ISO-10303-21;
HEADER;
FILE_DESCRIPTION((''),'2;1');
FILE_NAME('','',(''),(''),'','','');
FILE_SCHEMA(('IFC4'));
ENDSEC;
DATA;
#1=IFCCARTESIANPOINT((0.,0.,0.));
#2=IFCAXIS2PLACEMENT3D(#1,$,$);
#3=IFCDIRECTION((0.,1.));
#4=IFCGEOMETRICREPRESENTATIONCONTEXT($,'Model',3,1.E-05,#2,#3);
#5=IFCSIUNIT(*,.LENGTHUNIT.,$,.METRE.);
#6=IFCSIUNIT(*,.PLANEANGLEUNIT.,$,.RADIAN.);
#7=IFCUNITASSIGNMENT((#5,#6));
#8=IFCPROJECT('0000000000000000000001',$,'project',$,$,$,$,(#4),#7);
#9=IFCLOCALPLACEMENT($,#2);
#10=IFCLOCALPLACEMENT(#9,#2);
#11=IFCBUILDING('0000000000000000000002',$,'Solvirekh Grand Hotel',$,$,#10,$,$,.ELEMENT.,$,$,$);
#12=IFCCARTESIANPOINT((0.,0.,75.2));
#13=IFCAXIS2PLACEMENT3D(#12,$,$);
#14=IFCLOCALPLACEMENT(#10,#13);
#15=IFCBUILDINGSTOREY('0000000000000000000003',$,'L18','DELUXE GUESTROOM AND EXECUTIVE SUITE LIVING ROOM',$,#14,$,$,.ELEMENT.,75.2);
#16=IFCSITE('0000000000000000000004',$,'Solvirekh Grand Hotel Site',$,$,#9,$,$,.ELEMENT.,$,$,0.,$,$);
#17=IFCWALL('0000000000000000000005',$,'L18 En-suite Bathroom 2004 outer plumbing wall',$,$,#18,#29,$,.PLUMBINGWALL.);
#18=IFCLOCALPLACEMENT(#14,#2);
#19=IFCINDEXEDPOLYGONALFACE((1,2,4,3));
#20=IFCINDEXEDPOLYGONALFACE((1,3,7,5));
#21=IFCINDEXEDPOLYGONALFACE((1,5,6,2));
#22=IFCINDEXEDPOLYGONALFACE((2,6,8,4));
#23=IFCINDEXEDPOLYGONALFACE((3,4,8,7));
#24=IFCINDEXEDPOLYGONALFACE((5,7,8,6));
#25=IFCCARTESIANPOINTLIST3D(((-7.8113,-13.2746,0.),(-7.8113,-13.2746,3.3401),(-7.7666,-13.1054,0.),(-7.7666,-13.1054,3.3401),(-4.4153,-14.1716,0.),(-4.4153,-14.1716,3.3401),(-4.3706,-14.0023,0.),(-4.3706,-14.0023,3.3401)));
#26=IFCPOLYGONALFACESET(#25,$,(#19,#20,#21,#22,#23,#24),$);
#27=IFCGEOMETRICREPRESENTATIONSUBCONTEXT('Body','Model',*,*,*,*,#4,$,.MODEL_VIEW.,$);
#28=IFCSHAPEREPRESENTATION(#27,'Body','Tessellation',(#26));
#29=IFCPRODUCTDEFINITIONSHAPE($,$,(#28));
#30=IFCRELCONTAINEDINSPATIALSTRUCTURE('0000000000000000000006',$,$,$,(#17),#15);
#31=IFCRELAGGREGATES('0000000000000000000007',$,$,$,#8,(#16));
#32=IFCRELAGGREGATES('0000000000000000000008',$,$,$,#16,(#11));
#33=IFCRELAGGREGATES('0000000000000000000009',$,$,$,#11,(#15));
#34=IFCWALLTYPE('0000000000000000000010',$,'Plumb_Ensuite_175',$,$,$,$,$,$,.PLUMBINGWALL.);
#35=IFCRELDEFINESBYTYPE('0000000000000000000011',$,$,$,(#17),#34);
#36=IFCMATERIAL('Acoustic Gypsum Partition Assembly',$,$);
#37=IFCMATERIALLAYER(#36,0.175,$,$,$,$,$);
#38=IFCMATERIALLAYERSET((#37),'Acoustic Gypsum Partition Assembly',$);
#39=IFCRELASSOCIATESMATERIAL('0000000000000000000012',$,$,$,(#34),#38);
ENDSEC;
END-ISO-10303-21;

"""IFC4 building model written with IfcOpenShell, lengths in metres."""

from ifc_helpers import new_model, si_unit, direction, frame, frame_2d, origin, place, context, subcontext, project, spatial, rectangle, extrude, material, layer, layer_set, type_object, element, save


model = new_model("IFC4")

# Units and contexts
model_context = context("Model", 3, precision=1e-05, world=origin(), true_north=direction((0.0, 1.0)))
body_context = subcontext(model_context, "Body", "Model", "MODEL_VIEW")
ifc_project = project(units=[si_unit("LENGTHUNIT", "METRE"), si_unit("PLANEANGLEUNIT", "RADIAN")], contexts=[model_context])

# Site, building, storey
site_placement = place(None, origin())
site = spatial("IfcSite", under=ifc_project, at=site_placement, Name="Solvirekh Grand Hotel Site", CompositionType="ELEMENT", RefElevation=0.0)
building_placement = place(site_placement, origin())
building = spatial("IfcBuilding", under=site, at=building_placement, Name="Solvirekh Grand Hotel", CompositionType="ELEMENT")
storey_placement = place(building_placement, frame((0.0, 0.0, 75.2)))
storey = spatial("IfcBuildingStorey", under=building, at=storey_placement, Name="L18", Description="DELUXE GUESTROOM AND EXECUTIVE SUITE LIVING ROOM", CompositionType="ELEMENT", Elevation=75.2)

# Wall
ifc_material_1 = material(Name="Acoustic Gypsum Partition Assembly")
ifc_layer_1 = layer(ifc_material_1, 0.175)
ifc_layer_set_1 = layer_set([ifc_layer_1], Name="Acoustic Gypsum Partition Assembly")
wall_type_1 = type_object("IfcWallType", Name="Plumb_Ensuite_175", PredefinedType="PLUMBINGWALL", material=ifc_layer_set_1)
wall_1_placement = place(storey_placement, frame((-7.7891, -13.1899, 0.0), z_axis=(0.0, 0.0, 1.0), x_axis=(0.966844, -0.255369, 0.0)))
element("IfcWall", 1, at=wall_1_placement, inside=storey, type_object=wall_type_1, Name="L18 En-suite Bathroom 2004 outer plumbing wall", PredefinedType="PLUMBINGWALL", context=body_context, shape_type="SweptSolid", body=[
    extrude(rectangle(XDim=3.5125, YDim=0.175, at=frame_2d((1.7563, 0.0))), origin(), (0.0, 0.0, 1.0), 3.3401),
])

save(model, "model.ifc")
